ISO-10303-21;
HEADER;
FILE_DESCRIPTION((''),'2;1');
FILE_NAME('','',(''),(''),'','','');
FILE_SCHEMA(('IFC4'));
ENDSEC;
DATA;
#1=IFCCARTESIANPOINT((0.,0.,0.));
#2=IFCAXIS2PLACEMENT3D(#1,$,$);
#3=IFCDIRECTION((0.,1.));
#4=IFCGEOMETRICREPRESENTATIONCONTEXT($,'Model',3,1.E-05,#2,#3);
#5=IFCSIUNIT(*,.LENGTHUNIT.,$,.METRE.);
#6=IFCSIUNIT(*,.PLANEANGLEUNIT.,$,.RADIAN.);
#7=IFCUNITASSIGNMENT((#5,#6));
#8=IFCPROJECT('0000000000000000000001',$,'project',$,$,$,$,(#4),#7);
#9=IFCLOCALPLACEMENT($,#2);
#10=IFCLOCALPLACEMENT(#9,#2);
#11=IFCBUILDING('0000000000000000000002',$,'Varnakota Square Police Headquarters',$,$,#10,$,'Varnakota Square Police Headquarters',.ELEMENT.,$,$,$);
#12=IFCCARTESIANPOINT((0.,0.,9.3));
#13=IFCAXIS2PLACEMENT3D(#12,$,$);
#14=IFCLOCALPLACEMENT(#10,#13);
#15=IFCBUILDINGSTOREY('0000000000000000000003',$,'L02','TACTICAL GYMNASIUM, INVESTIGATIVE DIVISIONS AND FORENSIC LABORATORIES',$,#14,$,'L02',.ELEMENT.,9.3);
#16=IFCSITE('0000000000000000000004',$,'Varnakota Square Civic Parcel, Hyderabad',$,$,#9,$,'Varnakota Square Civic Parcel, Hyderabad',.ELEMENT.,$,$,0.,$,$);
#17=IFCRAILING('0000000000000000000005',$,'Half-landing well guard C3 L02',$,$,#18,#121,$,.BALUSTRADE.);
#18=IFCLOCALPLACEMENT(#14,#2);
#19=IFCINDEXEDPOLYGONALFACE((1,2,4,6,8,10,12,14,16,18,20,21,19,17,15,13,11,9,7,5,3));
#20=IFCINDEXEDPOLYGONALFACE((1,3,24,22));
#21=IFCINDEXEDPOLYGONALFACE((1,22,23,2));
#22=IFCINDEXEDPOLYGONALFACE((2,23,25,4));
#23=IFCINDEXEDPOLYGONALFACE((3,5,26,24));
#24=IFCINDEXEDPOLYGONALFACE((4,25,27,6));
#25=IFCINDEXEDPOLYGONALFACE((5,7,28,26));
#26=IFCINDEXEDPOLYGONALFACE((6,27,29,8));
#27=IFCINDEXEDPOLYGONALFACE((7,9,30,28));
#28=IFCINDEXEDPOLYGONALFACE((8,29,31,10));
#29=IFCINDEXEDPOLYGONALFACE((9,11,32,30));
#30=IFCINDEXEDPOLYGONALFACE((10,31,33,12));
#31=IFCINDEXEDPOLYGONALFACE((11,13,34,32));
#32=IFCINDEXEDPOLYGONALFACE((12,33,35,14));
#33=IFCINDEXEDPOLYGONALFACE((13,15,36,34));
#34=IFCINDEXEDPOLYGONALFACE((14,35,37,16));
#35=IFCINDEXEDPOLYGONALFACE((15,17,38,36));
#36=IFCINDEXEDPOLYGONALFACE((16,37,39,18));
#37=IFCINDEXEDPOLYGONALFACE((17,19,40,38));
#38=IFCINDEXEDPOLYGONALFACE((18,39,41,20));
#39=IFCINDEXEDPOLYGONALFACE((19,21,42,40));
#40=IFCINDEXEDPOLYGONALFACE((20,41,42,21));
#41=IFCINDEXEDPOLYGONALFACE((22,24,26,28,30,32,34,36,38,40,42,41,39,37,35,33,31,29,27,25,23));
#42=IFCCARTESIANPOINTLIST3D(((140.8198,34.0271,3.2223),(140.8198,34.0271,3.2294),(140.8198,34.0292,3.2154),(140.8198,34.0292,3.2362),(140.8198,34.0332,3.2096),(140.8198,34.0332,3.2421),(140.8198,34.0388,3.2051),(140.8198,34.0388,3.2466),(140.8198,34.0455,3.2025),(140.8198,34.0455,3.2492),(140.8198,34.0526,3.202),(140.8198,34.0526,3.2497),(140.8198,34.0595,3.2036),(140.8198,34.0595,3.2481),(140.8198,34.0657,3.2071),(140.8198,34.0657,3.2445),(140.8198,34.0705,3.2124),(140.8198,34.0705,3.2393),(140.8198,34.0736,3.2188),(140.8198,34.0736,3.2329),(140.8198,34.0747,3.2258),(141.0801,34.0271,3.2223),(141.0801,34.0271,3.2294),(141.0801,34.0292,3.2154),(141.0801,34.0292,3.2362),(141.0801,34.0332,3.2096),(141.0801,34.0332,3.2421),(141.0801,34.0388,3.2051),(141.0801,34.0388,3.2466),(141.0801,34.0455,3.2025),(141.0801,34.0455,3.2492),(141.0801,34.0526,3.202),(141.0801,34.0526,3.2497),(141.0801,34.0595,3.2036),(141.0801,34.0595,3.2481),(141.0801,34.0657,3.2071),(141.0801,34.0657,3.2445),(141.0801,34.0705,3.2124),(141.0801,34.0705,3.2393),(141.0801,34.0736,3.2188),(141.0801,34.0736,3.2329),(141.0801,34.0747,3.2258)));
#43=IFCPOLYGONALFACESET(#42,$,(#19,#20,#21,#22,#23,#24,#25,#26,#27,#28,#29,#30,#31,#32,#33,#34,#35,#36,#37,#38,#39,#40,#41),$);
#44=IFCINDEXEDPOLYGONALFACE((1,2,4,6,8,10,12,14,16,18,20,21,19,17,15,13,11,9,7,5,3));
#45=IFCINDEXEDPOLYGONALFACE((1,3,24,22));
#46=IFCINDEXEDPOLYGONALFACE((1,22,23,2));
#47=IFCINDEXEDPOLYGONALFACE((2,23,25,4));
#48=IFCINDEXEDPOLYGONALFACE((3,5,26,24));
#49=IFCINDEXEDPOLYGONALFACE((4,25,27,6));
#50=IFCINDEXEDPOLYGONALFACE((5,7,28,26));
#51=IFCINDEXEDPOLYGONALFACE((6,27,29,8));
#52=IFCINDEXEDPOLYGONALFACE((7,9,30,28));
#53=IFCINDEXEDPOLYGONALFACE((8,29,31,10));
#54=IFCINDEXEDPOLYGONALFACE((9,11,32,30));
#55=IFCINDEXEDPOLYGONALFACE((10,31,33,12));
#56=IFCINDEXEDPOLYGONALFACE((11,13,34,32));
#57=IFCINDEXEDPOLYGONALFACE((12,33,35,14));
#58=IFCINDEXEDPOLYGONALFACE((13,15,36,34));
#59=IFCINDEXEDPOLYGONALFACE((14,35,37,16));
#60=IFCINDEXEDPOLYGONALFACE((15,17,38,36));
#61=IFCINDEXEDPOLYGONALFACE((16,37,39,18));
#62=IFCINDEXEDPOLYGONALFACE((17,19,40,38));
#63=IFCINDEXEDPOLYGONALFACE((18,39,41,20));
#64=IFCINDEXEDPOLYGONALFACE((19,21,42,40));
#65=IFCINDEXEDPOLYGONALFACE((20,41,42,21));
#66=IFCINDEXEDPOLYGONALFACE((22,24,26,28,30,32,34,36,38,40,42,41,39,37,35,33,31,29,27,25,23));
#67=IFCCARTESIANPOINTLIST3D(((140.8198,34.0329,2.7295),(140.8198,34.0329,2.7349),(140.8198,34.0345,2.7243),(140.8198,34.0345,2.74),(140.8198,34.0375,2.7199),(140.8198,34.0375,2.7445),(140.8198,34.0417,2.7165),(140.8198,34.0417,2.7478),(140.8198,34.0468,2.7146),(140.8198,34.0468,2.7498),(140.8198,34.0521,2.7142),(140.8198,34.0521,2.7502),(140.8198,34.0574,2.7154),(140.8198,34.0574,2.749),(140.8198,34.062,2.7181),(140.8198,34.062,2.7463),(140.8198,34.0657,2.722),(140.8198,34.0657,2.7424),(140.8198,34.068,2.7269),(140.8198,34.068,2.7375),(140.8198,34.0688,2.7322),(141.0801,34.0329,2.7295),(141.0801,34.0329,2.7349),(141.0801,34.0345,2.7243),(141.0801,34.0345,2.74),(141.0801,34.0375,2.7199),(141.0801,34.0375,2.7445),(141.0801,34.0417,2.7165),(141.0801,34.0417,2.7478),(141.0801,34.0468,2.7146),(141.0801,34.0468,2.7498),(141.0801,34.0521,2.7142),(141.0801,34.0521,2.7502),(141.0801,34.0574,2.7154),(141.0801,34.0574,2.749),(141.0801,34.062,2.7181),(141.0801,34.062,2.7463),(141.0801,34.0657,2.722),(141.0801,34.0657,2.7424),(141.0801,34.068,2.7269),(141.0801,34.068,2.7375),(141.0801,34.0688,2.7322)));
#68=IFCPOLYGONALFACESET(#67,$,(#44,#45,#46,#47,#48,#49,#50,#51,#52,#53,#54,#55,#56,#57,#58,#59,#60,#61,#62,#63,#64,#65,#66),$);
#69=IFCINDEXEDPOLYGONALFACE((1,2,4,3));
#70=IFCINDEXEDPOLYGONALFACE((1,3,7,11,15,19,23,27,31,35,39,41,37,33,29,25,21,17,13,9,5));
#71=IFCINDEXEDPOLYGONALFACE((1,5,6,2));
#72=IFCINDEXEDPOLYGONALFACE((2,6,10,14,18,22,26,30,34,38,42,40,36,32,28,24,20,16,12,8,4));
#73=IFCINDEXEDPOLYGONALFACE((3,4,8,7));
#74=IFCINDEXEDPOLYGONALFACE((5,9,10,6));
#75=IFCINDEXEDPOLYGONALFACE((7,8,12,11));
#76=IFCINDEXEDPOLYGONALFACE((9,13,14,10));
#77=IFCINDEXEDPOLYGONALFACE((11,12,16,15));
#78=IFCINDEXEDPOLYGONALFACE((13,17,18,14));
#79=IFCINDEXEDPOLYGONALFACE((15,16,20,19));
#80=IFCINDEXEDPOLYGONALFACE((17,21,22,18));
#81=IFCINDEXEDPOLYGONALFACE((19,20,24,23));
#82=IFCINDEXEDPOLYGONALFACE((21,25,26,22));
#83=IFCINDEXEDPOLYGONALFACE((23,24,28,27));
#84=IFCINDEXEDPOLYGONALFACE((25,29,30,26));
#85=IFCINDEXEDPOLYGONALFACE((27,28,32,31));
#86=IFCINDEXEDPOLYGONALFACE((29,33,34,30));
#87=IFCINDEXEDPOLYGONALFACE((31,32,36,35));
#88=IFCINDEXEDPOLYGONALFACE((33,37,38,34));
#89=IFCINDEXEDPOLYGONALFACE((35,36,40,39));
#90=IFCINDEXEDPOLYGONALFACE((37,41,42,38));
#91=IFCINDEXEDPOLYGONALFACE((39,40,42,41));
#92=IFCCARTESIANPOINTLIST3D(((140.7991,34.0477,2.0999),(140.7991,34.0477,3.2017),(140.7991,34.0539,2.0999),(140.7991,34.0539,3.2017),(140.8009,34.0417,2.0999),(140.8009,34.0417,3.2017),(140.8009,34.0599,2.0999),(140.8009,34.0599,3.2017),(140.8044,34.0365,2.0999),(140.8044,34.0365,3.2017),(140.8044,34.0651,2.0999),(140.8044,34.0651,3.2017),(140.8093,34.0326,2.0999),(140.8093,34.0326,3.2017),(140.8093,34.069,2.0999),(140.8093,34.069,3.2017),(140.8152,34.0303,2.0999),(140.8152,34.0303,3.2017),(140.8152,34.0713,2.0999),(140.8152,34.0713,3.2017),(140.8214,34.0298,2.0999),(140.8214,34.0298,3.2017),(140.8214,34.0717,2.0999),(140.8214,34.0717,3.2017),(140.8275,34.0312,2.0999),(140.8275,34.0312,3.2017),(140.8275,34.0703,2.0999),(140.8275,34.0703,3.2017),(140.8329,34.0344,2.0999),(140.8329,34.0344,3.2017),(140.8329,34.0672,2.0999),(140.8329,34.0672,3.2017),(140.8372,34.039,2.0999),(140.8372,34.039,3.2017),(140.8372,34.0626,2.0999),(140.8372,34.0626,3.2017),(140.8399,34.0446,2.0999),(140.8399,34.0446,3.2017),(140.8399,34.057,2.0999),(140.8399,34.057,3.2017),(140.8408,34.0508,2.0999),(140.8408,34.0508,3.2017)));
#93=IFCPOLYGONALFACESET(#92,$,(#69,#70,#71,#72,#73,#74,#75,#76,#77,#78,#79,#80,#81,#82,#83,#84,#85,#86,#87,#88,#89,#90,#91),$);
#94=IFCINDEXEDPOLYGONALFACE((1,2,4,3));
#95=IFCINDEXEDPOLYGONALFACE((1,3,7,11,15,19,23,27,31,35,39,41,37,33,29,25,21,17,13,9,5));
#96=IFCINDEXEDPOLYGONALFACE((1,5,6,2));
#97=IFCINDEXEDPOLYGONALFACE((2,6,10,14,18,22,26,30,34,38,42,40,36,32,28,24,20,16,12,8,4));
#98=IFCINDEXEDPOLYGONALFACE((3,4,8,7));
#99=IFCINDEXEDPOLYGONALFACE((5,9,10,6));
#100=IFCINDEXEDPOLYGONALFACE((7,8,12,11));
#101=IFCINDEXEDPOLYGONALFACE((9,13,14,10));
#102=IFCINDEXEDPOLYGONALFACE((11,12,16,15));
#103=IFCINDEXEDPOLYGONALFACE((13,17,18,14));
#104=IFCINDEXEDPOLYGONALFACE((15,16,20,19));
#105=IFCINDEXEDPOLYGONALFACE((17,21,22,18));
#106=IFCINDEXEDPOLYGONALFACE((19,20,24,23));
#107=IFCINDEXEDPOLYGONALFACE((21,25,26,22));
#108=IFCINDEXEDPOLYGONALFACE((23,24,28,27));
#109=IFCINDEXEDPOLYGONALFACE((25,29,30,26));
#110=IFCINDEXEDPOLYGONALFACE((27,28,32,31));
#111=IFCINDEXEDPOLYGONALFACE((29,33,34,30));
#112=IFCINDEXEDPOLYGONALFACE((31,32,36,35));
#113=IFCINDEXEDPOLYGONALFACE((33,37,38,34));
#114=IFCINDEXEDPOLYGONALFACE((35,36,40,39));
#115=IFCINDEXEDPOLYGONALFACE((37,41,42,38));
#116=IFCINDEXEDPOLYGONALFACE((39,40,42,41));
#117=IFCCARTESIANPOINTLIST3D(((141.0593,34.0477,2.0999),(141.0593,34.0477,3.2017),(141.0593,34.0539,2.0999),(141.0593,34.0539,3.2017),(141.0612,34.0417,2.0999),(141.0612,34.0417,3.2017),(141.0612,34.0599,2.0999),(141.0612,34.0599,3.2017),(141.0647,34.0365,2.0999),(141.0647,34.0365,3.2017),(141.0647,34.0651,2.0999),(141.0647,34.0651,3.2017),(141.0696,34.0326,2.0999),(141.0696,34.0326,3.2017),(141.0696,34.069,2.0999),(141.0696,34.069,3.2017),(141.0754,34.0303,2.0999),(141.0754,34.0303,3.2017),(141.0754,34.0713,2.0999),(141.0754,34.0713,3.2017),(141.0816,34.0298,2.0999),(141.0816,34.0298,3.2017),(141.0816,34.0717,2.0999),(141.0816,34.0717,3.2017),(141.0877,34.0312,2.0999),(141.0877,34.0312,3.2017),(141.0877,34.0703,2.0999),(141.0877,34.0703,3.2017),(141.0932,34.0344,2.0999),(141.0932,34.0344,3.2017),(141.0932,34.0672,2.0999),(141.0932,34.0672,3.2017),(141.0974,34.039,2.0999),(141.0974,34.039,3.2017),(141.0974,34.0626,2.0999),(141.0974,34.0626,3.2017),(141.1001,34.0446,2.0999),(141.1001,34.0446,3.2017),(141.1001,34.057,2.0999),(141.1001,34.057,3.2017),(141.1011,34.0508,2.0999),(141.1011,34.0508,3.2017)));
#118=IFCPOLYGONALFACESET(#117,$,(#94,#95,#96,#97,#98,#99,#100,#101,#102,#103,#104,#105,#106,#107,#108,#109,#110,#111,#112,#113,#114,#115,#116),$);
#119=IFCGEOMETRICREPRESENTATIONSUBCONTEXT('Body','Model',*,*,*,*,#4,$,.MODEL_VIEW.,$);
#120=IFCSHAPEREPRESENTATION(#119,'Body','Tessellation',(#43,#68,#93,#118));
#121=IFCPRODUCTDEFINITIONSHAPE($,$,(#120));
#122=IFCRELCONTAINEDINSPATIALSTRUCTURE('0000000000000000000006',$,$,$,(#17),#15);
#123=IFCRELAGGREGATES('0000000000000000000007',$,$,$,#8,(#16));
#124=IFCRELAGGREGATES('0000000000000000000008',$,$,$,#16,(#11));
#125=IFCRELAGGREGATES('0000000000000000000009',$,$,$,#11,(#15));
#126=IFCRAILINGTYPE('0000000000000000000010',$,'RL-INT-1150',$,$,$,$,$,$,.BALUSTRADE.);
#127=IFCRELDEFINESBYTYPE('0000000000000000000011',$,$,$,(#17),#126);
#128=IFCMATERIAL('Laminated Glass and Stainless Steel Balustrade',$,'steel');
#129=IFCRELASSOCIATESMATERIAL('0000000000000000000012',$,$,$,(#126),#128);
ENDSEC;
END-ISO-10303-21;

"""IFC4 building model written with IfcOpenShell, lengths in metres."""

from ifc_helpers import new_model, si_unit, direction, frame, origin, origin_2d, place, context, subcontext, project, spatial, circle, extrude, material, type_object, element, save


model = new_model("IFC4")

# Units and contexts
model_context = context("Model", 3, precision=1e-05, world=origin(), true_north=direction((0.0, 1.0)))
body_context = subcontext(model_context, "Body", "Model", "MODEL_VIEW")
ifc_project = project(units=[si_unit("LENGTHUNIT", "METRE"), si_unit("PLANEANGLEUNIT", "RADIAN")], contexts=[model_context])

# Site, building, storey
site_placement = place(None, origin())
site = spatial("IfcSite", under=ifc_project, at=site_placement, Name="Varnakota Square Civic Parcel, Hyderabad", LongName="Varnakota Square Civic Parcel, Hyderabad", CompositionType="ELEMENT", RefElevation=0.0)
building_placement = place(site_placement, origin())
building = spatial("IfcBuilding", under=site, at=building_placement, Name="Varnakota Square Police Headquarters", LongName="Varnakota Square Police Headquarters", CompositionType="ELEMENT")
storey_placement = place(building_placement, frame((0.0, 0.0, 9.3)))
storey = spatial("IfcBuildingStorey", under=building, at=storey_placement, Name="L02", Description="TACTICAL GYMNASIUM, INVESTIGATIVE DIVISIONS AND FORENSIC LABORATORIES", LongName="L02", CompositionType="ELEMENT", Elevation=9.3)

# Railing
ifc_material_1 = material(Name="Laminated Glass and Stainless Steel Balustrade", Category="steel")
railing_type_1 = type_object("IfcRailingType", Name="RL-INT-1150", PredefinedType="BALUSTRADE", material=ifc_material_1)
railing_1_placement = place(storey_placement, frame((140.8198, 34.0508, 2.0999)))
element("IfcRailing", 1, at=railing_1_placement, inside=storey, type_object=railing_type_1, Name="Half-landing well guard C3 L02", PredefinedType="BALUSTRADE", context=body_context, shape_type="SweptSolid", body=[
    extrude(circle(Radius=0.0239, at=origin_2d()), frame((0.0, 0.0, 1.126), z_axis=(1.0, 0.0, 0.0), x_axis=(0.0, 1.0, 0.0)), (0.0, 0.0, 1.0), 0.2603),
    extrude(circle(Radius=0.0181, at=origin_2d()), frame((0.0, 0.0, 0.6323), z_axis=(1.0, 0.0, 0.0), x_axis=(0.0, 1.0, 0.0)), (0.0, 0.0, 1.0), 0.2603),
    extrude(circle(Radius=0.021, at=origin_2d()), origin(), (0.0, 0.0, 1.0), 1.1018),
    extrude(circle(Radius=0.021, at=origin_2d()), frame((0.2603, 0.0, 0.0)), (0.0, 0.0, 1.0), 1.1018),
])

save(model, "model.ifc")
